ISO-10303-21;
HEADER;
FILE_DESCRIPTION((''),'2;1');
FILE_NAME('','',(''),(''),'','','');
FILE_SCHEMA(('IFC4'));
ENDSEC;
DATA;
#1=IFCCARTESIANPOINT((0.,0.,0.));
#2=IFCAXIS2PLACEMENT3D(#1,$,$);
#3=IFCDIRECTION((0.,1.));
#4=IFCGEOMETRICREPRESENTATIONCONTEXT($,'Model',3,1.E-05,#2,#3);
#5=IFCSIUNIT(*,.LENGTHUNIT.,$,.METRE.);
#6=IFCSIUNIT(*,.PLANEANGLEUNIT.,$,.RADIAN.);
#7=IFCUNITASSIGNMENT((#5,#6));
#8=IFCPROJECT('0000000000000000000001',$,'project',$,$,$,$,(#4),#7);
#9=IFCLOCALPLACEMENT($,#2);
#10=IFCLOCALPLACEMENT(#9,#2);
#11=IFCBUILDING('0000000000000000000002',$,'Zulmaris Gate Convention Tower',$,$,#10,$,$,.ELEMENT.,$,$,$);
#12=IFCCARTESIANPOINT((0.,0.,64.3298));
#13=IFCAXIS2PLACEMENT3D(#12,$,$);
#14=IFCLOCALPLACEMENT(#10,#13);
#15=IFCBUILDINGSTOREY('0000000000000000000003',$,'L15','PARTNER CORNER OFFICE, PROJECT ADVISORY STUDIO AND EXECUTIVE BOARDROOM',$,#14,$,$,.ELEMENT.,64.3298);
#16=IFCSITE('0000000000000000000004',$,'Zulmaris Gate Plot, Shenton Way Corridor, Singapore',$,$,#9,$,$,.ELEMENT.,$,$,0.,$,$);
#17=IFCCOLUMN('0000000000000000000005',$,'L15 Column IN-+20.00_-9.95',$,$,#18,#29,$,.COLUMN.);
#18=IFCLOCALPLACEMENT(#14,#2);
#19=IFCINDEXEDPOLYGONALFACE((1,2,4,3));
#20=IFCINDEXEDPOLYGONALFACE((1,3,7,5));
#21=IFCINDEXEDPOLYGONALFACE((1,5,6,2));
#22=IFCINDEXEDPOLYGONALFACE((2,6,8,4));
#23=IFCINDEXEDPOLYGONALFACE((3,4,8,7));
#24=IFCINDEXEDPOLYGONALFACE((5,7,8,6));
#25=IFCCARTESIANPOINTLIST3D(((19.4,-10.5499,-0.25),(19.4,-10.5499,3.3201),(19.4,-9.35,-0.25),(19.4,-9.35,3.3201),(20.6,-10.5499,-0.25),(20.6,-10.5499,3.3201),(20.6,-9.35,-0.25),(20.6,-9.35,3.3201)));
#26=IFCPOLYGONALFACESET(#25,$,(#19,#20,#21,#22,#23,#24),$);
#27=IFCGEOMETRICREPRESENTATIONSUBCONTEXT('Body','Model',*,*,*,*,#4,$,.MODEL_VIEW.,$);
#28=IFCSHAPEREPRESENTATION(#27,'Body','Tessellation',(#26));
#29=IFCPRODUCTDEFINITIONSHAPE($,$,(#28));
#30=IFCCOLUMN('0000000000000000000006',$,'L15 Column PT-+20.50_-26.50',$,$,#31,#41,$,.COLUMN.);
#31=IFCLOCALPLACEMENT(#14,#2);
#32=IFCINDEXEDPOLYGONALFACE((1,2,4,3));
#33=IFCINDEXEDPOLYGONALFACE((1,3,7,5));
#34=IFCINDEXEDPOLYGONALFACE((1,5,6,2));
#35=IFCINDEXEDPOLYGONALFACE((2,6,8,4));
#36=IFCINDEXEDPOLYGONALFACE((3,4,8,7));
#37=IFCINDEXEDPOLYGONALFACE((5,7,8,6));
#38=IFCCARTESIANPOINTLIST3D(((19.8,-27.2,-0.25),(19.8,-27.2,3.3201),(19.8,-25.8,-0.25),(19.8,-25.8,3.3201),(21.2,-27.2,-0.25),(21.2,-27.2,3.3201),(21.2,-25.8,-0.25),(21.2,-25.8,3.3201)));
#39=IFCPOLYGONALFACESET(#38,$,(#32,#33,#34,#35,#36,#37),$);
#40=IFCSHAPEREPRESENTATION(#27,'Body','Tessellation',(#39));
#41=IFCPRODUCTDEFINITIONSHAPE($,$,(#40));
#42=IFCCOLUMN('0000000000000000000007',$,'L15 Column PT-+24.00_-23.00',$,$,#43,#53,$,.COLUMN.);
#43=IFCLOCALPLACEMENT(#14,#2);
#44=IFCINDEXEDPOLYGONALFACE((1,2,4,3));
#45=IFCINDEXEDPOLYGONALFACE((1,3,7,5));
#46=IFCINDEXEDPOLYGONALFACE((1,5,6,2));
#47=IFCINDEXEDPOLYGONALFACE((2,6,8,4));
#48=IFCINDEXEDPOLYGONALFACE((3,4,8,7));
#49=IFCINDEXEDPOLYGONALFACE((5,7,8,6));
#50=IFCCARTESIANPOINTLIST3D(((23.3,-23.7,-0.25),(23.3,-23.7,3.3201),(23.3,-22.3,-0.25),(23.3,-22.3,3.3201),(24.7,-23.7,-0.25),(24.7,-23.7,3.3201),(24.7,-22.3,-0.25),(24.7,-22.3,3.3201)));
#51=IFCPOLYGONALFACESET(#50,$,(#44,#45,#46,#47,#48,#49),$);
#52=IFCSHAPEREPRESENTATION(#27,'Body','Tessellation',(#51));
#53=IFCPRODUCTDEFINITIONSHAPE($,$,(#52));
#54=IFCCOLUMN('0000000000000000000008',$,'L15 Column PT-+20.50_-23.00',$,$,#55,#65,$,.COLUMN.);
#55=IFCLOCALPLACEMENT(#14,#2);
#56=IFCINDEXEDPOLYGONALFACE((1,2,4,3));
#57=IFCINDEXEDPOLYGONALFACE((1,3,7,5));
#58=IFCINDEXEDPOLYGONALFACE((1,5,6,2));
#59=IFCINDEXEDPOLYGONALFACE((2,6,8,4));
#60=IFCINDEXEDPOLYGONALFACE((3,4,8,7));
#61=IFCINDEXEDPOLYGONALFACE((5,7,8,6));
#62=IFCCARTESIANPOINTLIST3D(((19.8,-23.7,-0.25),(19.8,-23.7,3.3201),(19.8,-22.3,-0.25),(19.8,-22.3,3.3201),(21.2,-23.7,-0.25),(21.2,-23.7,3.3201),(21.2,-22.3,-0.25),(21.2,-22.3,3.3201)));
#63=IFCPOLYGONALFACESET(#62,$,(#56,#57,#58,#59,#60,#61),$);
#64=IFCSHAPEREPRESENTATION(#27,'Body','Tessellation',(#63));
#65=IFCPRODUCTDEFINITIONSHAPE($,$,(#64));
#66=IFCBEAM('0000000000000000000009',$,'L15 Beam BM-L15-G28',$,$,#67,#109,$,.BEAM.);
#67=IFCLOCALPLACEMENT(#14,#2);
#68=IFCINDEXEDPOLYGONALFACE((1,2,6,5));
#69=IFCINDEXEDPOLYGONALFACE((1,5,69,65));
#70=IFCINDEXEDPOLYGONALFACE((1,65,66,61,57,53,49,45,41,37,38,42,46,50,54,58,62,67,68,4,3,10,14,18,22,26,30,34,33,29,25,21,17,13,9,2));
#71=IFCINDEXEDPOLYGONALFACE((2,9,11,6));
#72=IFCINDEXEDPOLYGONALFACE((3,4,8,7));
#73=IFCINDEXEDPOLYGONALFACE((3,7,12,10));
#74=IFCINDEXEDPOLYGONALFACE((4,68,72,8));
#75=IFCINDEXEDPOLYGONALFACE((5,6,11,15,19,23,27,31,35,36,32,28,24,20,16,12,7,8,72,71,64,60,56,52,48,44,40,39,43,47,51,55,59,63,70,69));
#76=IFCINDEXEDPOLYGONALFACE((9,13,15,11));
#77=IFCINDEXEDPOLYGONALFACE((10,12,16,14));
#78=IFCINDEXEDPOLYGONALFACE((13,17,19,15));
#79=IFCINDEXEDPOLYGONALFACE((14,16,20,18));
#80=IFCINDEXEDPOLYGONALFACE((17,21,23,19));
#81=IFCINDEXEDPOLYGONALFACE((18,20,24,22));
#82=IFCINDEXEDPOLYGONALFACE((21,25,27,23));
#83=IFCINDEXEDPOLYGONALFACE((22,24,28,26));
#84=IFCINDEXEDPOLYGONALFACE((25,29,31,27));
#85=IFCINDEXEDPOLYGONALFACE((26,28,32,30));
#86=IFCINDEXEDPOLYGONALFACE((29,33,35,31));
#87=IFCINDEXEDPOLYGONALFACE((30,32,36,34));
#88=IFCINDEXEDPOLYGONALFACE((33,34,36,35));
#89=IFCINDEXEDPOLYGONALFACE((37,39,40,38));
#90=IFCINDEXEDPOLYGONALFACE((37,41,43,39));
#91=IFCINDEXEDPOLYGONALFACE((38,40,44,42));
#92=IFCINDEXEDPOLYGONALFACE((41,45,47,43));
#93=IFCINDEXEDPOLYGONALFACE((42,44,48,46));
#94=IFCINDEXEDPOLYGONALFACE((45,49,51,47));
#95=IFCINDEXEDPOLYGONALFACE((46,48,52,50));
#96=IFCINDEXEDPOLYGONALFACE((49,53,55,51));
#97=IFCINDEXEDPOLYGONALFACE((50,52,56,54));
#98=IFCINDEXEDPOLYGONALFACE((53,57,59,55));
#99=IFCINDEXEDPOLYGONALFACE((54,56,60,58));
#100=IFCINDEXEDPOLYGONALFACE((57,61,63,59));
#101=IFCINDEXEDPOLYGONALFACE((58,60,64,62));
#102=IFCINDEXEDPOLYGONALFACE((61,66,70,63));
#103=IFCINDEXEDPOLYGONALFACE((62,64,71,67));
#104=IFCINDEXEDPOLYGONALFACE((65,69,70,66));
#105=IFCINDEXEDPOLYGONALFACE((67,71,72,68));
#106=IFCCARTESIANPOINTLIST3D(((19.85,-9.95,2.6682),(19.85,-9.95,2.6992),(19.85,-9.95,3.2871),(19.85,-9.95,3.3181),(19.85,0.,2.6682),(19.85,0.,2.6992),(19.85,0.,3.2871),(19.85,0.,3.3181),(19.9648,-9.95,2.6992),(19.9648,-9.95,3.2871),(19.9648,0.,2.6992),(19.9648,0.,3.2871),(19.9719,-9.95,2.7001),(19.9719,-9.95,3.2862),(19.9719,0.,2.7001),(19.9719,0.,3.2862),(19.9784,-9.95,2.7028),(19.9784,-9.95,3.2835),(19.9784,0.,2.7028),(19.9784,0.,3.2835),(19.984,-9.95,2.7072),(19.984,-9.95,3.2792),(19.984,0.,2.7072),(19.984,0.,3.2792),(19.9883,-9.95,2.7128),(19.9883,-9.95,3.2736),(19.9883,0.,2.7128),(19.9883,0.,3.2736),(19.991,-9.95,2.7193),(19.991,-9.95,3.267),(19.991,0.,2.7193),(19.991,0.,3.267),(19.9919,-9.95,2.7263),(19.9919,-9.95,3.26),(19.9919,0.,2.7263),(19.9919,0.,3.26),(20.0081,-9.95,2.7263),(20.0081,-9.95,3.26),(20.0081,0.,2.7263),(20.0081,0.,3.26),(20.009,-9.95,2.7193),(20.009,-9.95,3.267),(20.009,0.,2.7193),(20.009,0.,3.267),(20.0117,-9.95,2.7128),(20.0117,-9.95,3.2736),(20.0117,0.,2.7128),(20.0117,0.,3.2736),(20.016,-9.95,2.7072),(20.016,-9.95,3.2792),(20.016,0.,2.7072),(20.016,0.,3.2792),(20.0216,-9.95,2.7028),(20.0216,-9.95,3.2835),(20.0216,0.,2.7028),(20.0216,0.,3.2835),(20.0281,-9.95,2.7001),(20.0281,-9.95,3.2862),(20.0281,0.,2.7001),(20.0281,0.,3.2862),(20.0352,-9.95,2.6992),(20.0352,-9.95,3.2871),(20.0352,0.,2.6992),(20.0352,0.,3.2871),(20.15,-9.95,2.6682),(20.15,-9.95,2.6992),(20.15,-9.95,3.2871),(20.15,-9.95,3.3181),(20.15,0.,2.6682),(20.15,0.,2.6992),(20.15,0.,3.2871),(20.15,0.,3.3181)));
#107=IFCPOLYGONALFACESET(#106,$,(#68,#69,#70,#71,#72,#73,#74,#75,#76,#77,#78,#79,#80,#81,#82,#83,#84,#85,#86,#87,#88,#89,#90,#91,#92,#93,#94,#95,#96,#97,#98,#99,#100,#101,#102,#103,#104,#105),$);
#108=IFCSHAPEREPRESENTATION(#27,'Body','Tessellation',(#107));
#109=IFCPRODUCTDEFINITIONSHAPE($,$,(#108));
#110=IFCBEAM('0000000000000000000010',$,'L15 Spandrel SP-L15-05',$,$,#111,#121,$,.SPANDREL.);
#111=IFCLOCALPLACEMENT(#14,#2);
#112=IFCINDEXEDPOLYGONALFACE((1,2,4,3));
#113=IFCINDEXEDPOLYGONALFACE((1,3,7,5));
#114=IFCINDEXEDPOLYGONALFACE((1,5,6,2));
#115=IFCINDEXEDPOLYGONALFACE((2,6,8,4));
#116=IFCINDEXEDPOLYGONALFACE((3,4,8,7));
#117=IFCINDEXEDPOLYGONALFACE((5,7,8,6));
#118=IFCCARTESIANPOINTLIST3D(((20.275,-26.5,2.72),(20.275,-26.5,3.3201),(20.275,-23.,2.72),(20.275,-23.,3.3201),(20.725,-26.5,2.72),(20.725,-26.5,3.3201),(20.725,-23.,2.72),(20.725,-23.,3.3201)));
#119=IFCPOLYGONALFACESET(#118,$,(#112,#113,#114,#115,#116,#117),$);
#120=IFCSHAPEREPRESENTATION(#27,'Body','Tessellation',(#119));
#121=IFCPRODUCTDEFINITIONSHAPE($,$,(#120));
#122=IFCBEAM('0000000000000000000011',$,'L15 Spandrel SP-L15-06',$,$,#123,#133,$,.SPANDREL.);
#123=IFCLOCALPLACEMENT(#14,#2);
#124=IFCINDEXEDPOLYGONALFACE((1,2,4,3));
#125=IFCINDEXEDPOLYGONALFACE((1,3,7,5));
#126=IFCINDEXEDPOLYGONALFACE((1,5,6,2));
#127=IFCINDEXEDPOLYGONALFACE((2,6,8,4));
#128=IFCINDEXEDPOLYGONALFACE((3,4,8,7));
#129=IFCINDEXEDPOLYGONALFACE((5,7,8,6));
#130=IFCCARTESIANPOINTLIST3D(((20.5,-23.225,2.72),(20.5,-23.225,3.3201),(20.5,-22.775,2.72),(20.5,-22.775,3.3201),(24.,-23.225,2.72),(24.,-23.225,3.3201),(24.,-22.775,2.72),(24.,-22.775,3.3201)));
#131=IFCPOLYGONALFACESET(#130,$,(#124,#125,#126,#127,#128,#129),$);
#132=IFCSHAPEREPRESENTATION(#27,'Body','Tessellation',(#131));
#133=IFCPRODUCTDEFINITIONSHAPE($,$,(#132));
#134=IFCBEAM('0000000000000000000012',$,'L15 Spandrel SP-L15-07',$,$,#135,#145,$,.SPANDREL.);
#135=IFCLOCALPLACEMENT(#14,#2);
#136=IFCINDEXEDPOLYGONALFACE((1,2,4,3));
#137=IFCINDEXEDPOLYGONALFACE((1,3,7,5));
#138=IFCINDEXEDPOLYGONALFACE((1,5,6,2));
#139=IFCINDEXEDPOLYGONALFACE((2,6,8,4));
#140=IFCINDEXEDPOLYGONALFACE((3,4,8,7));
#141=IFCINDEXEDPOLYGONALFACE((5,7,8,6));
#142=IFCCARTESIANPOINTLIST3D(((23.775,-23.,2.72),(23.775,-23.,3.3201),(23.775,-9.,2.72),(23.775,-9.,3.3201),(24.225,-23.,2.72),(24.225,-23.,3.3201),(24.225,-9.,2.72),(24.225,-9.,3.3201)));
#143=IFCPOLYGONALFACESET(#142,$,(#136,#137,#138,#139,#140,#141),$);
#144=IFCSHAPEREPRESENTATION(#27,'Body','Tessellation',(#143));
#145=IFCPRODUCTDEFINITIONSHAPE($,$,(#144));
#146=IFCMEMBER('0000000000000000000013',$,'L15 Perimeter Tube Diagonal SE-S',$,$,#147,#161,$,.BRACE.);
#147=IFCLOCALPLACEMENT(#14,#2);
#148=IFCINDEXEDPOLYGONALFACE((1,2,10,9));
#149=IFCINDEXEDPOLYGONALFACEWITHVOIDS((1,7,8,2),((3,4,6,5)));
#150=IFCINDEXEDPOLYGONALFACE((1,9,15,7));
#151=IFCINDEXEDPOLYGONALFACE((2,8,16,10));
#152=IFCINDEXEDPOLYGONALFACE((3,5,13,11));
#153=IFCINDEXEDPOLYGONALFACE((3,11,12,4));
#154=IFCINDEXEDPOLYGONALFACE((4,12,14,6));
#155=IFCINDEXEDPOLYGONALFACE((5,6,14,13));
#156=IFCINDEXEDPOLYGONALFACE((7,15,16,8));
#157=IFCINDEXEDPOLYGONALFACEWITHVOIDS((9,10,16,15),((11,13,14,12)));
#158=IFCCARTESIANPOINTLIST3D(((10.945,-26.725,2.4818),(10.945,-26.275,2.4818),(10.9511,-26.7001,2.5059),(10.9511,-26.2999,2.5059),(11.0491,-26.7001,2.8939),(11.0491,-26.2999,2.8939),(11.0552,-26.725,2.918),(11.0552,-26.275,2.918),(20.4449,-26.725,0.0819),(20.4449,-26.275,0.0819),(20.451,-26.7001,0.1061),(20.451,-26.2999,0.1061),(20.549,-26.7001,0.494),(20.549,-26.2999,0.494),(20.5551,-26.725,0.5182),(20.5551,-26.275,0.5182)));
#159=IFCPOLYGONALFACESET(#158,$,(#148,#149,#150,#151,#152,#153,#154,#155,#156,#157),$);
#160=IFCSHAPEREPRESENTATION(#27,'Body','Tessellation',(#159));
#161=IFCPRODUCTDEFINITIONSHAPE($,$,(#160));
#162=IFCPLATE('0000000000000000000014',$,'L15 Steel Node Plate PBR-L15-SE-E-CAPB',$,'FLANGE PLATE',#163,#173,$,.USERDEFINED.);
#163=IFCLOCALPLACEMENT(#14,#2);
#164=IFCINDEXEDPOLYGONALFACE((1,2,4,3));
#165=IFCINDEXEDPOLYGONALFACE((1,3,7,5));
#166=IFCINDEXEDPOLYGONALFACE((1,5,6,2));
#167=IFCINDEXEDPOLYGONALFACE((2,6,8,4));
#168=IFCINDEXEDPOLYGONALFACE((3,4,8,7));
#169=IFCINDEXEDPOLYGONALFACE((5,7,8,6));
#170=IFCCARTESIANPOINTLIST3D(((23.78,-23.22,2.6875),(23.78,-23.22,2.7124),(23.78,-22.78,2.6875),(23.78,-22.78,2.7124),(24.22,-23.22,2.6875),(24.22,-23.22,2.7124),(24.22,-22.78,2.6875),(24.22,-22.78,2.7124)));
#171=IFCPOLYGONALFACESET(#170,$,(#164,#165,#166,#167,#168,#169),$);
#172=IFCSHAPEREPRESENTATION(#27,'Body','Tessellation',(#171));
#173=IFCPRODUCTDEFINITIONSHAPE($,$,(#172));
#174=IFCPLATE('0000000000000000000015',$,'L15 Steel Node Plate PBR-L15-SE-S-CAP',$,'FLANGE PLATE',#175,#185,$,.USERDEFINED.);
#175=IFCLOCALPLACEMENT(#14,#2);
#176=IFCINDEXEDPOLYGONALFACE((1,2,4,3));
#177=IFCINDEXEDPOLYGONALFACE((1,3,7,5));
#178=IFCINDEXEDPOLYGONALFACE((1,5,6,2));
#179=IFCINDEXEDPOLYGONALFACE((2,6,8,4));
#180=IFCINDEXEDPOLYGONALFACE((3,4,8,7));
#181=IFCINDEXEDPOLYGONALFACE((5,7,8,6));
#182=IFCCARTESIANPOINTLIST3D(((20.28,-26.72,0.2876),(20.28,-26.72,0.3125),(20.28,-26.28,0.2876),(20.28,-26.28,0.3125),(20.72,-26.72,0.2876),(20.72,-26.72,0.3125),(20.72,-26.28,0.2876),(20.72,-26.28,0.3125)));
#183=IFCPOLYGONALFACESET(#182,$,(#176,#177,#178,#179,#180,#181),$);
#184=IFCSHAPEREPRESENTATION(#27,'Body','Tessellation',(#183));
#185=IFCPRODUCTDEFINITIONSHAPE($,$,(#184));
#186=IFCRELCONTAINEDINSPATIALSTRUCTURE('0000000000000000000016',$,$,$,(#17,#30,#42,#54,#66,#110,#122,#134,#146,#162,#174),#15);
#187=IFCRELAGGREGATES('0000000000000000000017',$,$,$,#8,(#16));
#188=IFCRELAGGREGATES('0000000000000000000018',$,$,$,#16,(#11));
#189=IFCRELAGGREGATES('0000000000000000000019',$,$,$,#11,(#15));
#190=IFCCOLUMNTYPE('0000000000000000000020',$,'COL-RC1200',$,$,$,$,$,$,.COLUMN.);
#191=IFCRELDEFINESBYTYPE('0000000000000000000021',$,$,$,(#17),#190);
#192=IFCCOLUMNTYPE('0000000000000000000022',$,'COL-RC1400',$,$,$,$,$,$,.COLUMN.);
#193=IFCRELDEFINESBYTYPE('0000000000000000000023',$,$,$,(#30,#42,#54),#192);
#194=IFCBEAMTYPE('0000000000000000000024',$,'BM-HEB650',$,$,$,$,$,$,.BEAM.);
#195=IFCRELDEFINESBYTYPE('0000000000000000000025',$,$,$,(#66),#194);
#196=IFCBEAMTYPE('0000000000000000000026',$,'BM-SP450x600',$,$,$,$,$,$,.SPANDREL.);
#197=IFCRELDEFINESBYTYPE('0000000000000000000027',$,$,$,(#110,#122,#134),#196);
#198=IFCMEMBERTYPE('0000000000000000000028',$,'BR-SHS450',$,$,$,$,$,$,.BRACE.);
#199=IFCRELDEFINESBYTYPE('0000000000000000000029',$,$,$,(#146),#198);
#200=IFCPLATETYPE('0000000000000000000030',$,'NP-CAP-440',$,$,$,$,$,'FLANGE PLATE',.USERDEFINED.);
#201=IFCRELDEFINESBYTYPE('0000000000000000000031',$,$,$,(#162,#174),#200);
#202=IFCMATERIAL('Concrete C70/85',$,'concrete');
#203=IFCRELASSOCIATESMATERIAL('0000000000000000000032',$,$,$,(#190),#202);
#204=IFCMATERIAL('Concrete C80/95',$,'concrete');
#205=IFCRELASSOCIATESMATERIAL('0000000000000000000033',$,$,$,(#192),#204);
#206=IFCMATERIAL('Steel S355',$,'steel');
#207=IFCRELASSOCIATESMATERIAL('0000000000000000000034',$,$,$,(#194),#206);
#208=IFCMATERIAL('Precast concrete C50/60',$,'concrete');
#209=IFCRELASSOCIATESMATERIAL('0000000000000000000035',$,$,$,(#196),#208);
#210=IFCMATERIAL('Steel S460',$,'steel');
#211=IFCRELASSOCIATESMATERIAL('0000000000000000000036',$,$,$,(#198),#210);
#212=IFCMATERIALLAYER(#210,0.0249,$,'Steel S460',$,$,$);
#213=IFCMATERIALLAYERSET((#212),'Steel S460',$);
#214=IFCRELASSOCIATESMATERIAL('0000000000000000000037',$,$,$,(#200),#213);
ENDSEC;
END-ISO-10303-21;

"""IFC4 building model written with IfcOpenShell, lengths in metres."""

from ifc_helpers import new_model, si_unit, direction, frame, origin, origin_2d, place, context, subcontext, project, spatial, rectangle, hollow_rectangle, i_section, extrude, material, layer, layer_set, material_profile, profile_set, type_object, element, save


model = new_model("IFC4")

# Units and contexts
model_context = context("Model", 3, precision=1e-05, world=origin(), true_north=direction((0.0, 1.0)))
body_context = subcontext(model_context, "Body", "Model", "MODEL_VIEW")
ifc_project = project(units=[si_unit("LENGTHUNIT", "METRE"), si_unit("PLANEANGLEUNIT", "RADIAN")], contexts=[model_context])

# Site, building, storey
site_placement = place(None, origin())
site = spatial("IfcSite", under=ifc_project, at=site_placement, Name="Zulmaris Gate Plot, Shenton Way Corridor, Singapore", CompositionType="ELEMENT", RefElevation=0.0)
building_placement = place(site_placement, origin())
building = spatial("IfcBuilding", under=site, at=building_placement, Name="Zulmaris Gate Convention Tower", CompositionType="ELEMENT")
storey_placement = place(building_placement, frame((0.0, 0.0, 64.3298)))
storey = spatial("IfcBuildingStorey", under=building, at=storey_placement, Name="L15", Description="PARTNER CORNER OFFICE, PROJECT ADVISORY STUDIO AND EXECUTIVE BOARDROOM", CompositionType="ELEMENT", Elevation=64.3298)

# Columns
ifc_material_1 = material(Name="Concrete C70/85", Category="concrete")
ifc_material_profile_1 = material_profile(ifc_material_1, rectangle(XDim=1.2, YDim=1.2, at=origin_2d()), Name="RC COL 1200x1200")
ifc_profile_set_1 = profile_set([ifc_material_profile_1], Name="Concrete C70/85")
column_type_1 = type_object("IfcColumnType", Name="COL-RC1200", PredefinedType="COLUMN", material=ifc_profile_set_1)
column_placement = place(storey_placement, frame((20.0, -9.95, -0.25), z_axis=(0.0, 0.0, 1.0), x_axis=(1.0, 0.0, 0.0)))
element("IfcColumn", 1, at=column_placement, inside=storey, type_object=column_type_1, Name="L15 Column IN-+20.00_-9.95", PredefinedType="COLUMN", context=body_context, shape_type="SweptSolid", body=[
    extrude(rectangle(XDim=1.2, YDim=1.2, at=origin_2d()), origin(), (0.0, 0.0, 1.0), 3.5701),
])
ifc_material_2 = material(Name="Concrete C80/95", Category="concrete")
ifc_material_profile_2 = material_profile(ifc_material_2, rectangle(XDim=1.3999, YDim=1.3999, at=origin_2d()), Name="RC COL 1400x1400")
ifc_profile_set_2 = profile_set([ifc_material_profile_2], Name="Concrete C80/95")
column_type_2 = type_object("IfcColumnType", Name="COL-RC1400", PredefinedType="COLUMN", material=ifc_profile_set_2)
for number, where, z_axis, x_axis, name in (
    (2, (20.5, -26.5, -0.25), (0.0, 0.0, 1.0), (1.0, 0.0, 0.0), "L15 Column PT-+20.50_-26.50"),
    (3, (24.0, -23.0, -0.25), (0.0, 0.0, 1.0), (1.0, 0.0, 0.0), "L15 Column PT-+24.00_-23.00"),
    (4, (20.5, -23.0, -0.25), (0.0, 0.0, 1.0), (1.0, 0.0, 0.0), "L15 Column PT-+20.50_-23.00"),
):
    element("IfcColumn", number, at=place(storey_placement, frame(where, z_axis=z_axis, x_axis=x_axis)), inside=storey, type_object=column_type_2, Name=name, PredefinedType="COLUMN", context=body_context, shape_type="SweptSolid", body=[
        extrude(rectangle(XDim=1.3999, YDim=1.3999, at=origin_2d()), origin(), (0.0, 0.0, 1.0), 3.5701),
    ])

# Beams
ifc_material_3 = material(Name="Steel S355", Category="steel")
ifc_material_profile_3 = material_profile(ifc_material_3, i_section(OverallWidth=0.3, OverallDepth=0.6499, WebThickness=0.0161, FlangeThickness=0.031, FilletRadius=0.0271, at=origin_2d()), Name="HEB 650")
ifc_profile_set_3 = profile_set([ifc_material_profile_3], Name="Steel S355")
beam_type_1 = type_object("IfcBeamType", Name="BM-HEB650", PredefinedType="BEAM", material=ifc_profile_set_3)
beam_1_placement = place(storey_placement, frame((20.0, -9.95, 2.9932), z_axis=(0.0, 1.0, 0.0), x_axis=(-1.0, 0.0, 0.0)))
element("IfcBeam", 5, at=beam_1_placement, inside=storey, type_object=beam_type_1, Name="L15 Beam BM-L15-G28", PredefinedType="BEAM", context=body_context, shape_type="SweptSolid", body=[
    extrude(i_section(OverallWidth=0.3, OverallDepth=0.6499, WebThickness=0.0161, FlangeThickness=0.031, FilletRadius=0.0271, at=origin_2d()), origin(), (0.0, 0.0, 1.0), 9.95),
])
ifc_material_4 = material(Name="Precast concrete C50/60", Category="concrete")
ifc_material_profile_4 = material_profile(ifc_material_4, rectangle(XDim=0.45, YDim=0.6001, at=origin_2d()), Name="RC SPANDREL 450x600")
ifc_profile_set_4 = profile_set([ifc_material_profile_4], Name="Precast concrete C50/60")
beam_type_2 = type_object("IfcBeamType", Name="BM-SP450x600", PredefinedType="SPANDREL", material=ifc_profile_set_4)
for number, where, z_axis, x_axis, name in (
    (6, (20.5, -26.5, 3.02), (0.0, 1.0, 0.0), (-1.0, 0.0, 0.0), "L15 Spandrel SP-L15-05"),
    (7, (20.5, -23.0, 3.02), (1.0, 0.0, 0.0), (0.0, 1.0, 0.0), "L15 Spandrel SP-L15-06"),
):
    element("IfcBeam", number, at=place(storey_placement, frame(where, z_axis=z_axis, x_axis=x_axis)), inside=storey, type_object=beam_type_2, Name=name, PredefinedType="SPANDREL", context=body_context, shape_type="SweptSolid", body=[
        extrude(rectangle(XDim=0.45, YDim=0.6001, at=origin_2d()), origin(), (0.0, 0.0, 1.0), 3.5),
    ])
beam_2_placement = place(storey_placement, frame((24.0, -23.0, 3.02), z_axis=(0.0, 1.0, 0.0), x_axis=(-1.0, 0.0, 0.0)))
element("IfcBeam", 8, at=beam_2_placement, inside=storey, type_object=beam_type_2, Name="L15 Spandrel SP-L15-07", PredefinedType="SPANDREL", context=body_context, shape_type="SweptSolid", body=[
    extrude(rectangle(XDim=0.45, YDim=0.6001, at=origin_2d()), origin(), (0.0, 0.0, 1.0), 14.0),
])

# Member
ifc_material_5 = material(Name="Steel S460", Category="steel")
ifc_material_profile_5 = material_profile(ifc_material_5, hollow_rectangle(XDim=0.45, YDim=0.45, WallThickness=0.0249, at=origin_2d()), Name="SHS 450x450x25")
ifc_profile_set_5 = profile_set([ifc_material_profile_5], Name="Steel S460")
member_type = type_object("IfcMemberType", Name="BR-SHS450", PredefinedType="BRACE", material=ifc_profile_set_5)
member_placement = place(storey_placement, frame((20.5, -26.5, 0.3), z_axis=(-0.969542, 0.0, 0.244927), x_axis=(0.0, -1.0, 0.0)))
element("IfcMember", 9, at=member_placement, inside=storey, type_object=member_type, Name="L15 Perimeter Tube Diagonal SE-S", PredefinedType="BRACE", context=body_context, shape_type="SweptSolid", body=[
    extrude(hollow_rectangle(XDim=0.45, YDim=0.45, WallThickness=0.0249, at=origin_2d()), origin(), (0.0, 0.0, 1.0), 9.7983),
])

# Plates
ifc_layer_1 = layer(ifc_material_5, 0.0249, Name="Steel S460")
ifc_layer_set_1 = layer_set([ifc_layer_1], Name="Steel S460")
plate_type = type_object("IfcPlateType", Name="NP-CAP-440", ElementType="FLANGE PLATE", PredefinedType="USERDEFINED", material=ifc_layer_set_1)
for number, where, z_axis, x_axis, name in (
    (10, (24.0, -23.0, 2.6875), (0.0, 0.0, 1.0), (1.0, 0.0, 0.0), "L15 Steel Node Plate PBR-L15-SE-E-CAPB"),
    (11, (20.5, -26.5, 0.2876), (0.0, 0.0, 1.0), (1.0, 0.0, 0.0), "L15 Steel Node Plate PBR-L15-SE-S-CAP"),
):
    element("IfcPlate", number, at=place(storey_placement, frame(where, z_axis=z_axis, x_axis=x_axis)), inside=storey, type_object=plate_type, Name=name, ObjectType="FLANGE PLATE", PredefinedType="USERDEFINED", context=body_context, shape_type="SweptSolid", body=[
        extrude(rectangle(XDim=0.4399, YDim=0.4399, at=origin_2d()), origin(), (0.0, 0.0, 1.0), 0.0249),
    ])

save(model, "model.ifc")
